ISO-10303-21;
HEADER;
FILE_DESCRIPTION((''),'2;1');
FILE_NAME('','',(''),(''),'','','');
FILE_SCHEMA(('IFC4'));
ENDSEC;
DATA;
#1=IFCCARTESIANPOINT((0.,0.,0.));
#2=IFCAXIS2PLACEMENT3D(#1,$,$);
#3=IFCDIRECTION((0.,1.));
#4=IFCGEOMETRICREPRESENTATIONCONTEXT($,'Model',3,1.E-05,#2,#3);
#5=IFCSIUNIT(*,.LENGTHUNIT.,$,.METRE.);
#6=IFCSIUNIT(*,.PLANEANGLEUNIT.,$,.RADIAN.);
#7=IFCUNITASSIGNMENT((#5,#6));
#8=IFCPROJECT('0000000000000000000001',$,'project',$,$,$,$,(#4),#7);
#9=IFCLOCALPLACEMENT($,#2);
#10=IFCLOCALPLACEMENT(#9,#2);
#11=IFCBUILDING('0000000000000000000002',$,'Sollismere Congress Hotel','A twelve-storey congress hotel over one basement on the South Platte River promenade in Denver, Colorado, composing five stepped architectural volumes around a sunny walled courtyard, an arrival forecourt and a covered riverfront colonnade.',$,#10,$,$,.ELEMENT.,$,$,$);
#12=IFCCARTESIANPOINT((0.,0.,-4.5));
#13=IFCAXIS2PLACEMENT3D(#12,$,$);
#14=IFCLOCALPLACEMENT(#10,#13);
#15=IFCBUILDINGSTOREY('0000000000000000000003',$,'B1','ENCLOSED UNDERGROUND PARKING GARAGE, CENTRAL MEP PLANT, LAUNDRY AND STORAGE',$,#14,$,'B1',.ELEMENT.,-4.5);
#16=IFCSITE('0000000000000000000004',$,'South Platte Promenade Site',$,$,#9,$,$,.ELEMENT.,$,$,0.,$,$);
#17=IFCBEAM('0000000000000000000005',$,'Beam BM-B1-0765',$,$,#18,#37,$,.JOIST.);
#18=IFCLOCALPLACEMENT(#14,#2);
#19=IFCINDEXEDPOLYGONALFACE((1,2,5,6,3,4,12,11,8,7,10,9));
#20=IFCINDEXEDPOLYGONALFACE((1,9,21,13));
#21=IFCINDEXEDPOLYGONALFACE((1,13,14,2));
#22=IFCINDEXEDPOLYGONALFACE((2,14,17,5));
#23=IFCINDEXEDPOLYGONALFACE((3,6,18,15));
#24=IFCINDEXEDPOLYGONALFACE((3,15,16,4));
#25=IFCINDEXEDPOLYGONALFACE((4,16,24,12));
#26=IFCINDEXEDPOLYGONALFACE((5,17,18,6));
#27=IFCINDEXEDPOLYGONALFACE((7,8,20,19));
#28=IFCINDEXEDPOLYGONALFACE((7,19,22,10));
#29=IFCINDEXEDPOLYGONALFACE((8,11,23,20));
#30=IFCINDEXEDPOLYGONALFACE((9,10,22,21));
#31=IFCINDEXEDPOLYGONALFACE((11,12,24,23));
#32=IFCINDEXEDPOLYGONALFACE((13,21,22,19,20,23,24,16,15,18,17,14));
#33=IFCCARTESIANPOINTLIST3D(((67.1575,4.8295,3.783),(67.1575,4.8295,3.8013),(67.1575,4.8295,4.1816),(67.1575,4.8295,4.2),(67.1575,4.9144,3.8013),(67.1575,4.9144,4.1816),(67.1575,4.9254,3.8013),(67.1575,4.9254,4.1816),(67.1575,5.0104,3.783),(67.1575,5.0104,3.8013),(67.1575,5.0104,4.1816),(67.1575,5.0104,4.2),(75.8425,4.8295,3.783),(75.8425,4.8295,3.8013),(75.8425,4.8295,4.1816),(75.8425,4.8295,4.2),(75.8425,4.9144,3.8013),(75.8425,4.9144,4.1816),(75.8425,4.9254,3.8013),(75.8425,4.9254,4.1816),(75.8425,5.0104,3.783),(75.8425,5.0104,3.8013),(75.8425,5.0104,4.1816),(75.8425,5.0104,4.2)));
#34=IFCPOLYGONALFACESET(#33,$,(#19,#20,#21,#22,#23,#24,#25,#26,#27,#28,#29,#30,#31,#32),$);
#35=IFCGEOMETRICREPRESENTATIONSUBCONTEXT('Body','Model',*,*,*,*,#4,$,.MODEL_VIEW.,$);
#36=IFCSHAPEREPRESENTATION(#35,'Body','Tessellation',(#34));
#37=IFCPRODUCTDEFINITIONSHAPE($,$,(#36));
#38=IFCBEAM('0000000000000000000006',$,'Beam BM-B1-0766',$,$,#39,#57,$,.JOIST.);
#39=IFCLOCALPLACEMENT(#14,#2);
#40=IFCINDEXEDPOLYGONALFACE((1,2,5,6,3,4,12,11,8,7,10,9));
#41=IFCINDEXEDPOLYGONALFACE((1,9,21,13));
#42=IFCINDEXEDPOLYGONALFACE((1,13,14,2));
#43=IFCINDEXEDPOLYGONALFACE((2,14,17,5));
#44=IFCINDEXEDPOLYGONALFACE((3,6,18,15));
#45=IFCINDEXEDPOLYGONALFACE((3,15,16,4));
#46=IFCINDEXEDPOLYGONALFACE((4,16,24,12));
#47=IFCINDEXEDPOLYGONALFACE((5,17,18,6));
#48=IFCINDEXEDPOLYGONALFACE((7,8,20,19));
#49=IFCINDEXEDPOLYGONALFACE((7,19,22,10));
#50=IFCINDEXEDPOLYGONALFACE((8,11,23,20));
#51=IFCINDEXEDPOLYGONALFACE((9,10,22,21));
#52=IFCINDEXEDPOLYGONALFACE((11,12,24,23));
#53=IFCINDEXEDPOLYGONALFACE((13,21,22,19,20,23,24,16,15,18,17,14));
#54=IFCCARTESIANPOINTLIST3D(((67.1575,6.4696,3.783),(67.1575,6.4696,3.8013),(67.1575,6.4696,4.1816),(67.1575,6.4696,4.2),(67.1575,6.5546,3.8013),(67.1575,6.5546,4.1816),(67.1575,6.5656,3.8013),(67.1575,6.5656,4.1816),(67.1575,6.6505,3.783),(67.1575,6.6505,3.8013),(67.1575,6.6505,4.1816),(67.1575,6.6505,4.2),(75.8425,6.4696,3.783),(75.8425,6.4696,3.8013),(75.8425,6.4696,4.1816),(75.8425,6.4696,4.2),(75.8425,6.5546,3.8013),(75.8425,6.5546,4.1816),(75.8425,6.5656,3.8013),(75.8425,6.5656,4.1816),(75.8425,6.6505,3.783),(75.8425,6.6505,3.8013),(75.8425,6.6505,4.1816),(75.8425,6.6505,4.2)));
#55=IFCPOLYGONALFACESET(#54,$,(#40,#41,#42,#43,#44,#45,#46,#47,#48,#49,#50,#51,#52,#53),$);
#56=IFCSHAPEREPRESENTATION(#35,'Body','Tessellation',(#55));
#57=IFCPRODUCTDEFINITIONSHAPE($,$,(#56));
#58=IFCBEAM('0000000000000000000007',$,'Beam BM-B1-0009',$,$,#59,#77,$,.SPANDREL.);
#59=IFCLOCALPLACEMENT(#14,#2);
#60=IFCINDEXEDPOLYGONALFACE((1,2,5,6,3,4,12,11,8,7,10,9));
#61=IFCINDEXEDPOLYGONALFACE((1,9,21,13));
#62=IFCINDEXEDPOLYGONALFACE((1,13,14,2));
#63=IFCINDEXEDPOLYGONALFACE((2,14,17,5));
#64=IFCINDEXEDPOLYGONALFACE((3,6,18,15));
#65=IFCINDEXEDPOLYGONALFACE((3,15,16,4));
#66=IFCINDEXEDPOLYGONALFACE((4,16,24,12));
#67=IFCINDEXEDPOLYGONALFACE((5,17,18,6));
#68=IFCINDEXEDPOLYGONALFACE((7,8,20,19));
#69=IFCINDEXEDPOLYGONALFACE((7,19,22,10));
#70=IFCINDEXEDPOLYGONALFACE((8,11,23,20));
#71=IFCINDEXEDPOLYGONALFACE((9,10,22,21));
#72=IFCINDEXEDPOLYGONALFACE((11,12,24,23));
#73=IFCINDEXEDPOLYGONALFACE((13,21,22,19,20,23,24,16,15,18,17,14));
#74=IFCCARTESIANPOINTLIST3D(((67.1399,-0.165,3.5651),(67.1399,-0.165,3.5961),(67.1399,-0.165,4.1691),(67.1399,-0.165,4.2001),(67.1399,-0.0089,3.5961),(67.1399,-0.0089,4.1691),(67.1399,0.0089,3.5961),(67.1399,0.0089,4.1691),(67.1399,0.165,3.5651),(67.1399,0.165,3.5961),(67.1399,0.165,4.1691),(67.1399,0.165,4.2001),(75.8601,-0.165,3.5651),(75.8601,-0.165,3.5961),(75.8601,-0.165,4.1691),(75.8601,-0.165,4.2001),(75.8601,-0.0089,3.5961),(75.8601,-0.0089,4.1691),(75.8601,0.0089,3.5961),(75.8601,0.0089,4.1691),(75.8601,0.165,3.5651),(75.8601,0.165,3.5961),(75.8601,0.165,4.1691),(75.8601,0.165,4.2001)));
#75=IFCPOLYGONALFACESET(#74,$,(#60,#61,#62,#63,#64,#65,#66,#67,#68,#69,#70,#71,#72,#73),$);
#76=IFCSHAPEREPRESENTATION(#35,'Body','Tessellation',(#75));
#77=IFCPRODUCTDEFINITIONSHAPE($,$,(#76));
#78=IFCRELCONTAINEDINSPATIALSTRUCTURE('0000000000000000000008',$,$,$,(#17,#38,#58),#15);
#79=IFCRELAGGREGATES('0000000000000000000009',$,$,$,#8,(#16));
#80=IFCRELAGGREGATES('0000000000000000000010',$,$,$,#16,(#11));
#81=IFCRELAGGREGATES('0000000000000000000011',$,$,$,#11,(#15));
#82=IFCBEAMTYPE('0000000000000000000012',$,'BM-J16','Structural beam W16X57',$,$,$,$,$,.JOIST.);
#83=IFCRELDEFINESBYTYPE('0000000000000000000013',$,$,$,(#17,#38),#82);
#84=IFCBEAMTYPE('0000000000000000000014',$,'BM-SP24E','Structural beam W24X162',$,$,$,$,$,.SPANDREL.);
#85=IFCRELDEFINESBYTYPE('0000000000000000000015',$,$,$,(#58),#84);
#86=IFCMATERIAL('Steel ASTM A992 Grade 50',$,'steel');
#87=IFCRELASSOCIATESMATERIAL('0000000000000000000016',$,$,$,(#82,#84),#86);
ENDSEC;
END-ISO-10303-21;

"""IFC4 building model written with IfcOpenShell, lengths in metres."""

from ifc_helpers import new_model, si_unit, direction, frame, origin, origin_2d, place, context, subcontext, project, spatial, i_section, extrude, material, material_profile, profile_set, type_object, element, save


model = new_model("IFC4")

# Units and contexts
model_context = context("Model", 3, precision=1e-05, world=origin(), true_north=direction((0.0, 1.0)))
body_context = subcontext(model_context, "Body", "Model", "MODEL_VIEW")
ifc_project = project(units=[si_unit("LENGTHUNIT", "METRE"), si_unit("PLANEANGLEUNIT", "RADIAN")], contexts=[model_context])

# Site, building, storey
site_placement = place(None, origin())
site = spatial("IfcSite", under=ifc_project, at=site_placement, Name="South Platte Promenade Site", CompositionType="ELEMENT", RefElevation=0.0)
building_placement = place(site_placement, origin())
building = spatial("IfcBuilding", under=site, at=building_placement, Name="Sollismere Congress Hotel", Description="A twelve-storey congress hotel over one basement on the South Platte River promenade in Denver, Colorado, composing five stepped architectural volumes around a sunny walled courtyard, an arrival forecourt and a covered riverfront colonnade.", CompositionType="ELEMENT")
storey_placement = place(building_placement, frame((0.0, 0.0, -4.5)))
storey = spatial("IfcBuildingStorey", under=building, at=storey_placement, Name="B1", Description="ENCLOSED UNDERGROUND PARKING GARAGE, CENTRAL MEP PLANT, LAUNDRY AND STORAGE", LongName="B1", CompositionType="ELEMENT", Elevation=-4.5)

# Beams
ifc_material_1 = material(Name="Steel ASTM A992 Grade 50", Category="steel")
ifc_material_profile_1 = material_profile(ifc_material_1, i_section(OverallWidth=0.1809, OverallDepth=0.417, WebThickness=0.011, FlangeThickness=0.0183, at=origin_2d()), Name="W16X57")
ifc_profile_set_1 = profile_set([ifc_material_profile_1], Name="Steel ASTM A992 Grade 50")
beam_type_1 = type_object("IfcBeamType", Name="BM-J16", Description="Structural beam W16X57", PredefinedType="JOIST", material=ifc_profile_set_1)
for number, where, z_axis, x_axis, name in (
    (1, (67.1575, 4.9199, 3.9915), (1.0, 0.0, 0.0), (0.0, 1.0, 0.0), "Beam BM-B1-0765"),
    (2, (67.1575, 6.5601, 3.9915), (1.0, 0.0, 0.0), (0.0, 1.0, 0.0), "Beam BM-B1-0766"),
):
    element("IfcBeam", number, at=place(storey_placement, frame(where, z_axis=z_axis, x_axis=x_axis)), inside=storey, type_object=beam_type_1, Name=name, PredefinedType="JOIST", context=body_context, shape_type="SweptSolid", body=[
        extrude(i_section(OverallWidth=0.1809, OverallDepth=0.417, WebThickness=0.011, FlangeThickness=0.0183, at=origin_2d()), origin(), (0.0, 0.0, 1.0), 8.6851),
    ])
ifc_material_profile_2 = material_profile(ifc_material_1, i_section(OverallWidth=0.3301, OverallDepth=0.635, WebThickness=0.0178, FlangeThickness=0.031, at=origin_2d()), Name="W24X162")
ifc_profile_set_2 = profile_set([ifc_material_profile_2], Name="Steel ASTM A992 Grade 50")
beam_type_2 = type_object("IfcBeamType", Name="BM-SP24E", Description="Structural beam W24X162", PredefinedType="SPANDREL", material=ifc_profile_set_2)
beam_1_placement = place(storey_placement, frame((67.1399, 0.0, 3.8826), z_axis=(1.0, 0.0, 0.0), x_axis=(0.0, 1.0, 0.0)))
element("IfcBeam", 3, at=beam_1_placement, inside=storey, type_object=beam_type_2, Name="Beam BM-B1-0009", PredefinedType="SPANDREL", context=body_context, shape_type="SweptSolid", body=[
    extrude(i_section(OverallWidth=0.3301, OverallDepth=0.635, WebThickness=0.0178, FlangeThickness=0.031, at=origin_2d()), origin(), (0.0, 0.0, 1.0), 8.7202),
])

save(model, "model.ifc")
